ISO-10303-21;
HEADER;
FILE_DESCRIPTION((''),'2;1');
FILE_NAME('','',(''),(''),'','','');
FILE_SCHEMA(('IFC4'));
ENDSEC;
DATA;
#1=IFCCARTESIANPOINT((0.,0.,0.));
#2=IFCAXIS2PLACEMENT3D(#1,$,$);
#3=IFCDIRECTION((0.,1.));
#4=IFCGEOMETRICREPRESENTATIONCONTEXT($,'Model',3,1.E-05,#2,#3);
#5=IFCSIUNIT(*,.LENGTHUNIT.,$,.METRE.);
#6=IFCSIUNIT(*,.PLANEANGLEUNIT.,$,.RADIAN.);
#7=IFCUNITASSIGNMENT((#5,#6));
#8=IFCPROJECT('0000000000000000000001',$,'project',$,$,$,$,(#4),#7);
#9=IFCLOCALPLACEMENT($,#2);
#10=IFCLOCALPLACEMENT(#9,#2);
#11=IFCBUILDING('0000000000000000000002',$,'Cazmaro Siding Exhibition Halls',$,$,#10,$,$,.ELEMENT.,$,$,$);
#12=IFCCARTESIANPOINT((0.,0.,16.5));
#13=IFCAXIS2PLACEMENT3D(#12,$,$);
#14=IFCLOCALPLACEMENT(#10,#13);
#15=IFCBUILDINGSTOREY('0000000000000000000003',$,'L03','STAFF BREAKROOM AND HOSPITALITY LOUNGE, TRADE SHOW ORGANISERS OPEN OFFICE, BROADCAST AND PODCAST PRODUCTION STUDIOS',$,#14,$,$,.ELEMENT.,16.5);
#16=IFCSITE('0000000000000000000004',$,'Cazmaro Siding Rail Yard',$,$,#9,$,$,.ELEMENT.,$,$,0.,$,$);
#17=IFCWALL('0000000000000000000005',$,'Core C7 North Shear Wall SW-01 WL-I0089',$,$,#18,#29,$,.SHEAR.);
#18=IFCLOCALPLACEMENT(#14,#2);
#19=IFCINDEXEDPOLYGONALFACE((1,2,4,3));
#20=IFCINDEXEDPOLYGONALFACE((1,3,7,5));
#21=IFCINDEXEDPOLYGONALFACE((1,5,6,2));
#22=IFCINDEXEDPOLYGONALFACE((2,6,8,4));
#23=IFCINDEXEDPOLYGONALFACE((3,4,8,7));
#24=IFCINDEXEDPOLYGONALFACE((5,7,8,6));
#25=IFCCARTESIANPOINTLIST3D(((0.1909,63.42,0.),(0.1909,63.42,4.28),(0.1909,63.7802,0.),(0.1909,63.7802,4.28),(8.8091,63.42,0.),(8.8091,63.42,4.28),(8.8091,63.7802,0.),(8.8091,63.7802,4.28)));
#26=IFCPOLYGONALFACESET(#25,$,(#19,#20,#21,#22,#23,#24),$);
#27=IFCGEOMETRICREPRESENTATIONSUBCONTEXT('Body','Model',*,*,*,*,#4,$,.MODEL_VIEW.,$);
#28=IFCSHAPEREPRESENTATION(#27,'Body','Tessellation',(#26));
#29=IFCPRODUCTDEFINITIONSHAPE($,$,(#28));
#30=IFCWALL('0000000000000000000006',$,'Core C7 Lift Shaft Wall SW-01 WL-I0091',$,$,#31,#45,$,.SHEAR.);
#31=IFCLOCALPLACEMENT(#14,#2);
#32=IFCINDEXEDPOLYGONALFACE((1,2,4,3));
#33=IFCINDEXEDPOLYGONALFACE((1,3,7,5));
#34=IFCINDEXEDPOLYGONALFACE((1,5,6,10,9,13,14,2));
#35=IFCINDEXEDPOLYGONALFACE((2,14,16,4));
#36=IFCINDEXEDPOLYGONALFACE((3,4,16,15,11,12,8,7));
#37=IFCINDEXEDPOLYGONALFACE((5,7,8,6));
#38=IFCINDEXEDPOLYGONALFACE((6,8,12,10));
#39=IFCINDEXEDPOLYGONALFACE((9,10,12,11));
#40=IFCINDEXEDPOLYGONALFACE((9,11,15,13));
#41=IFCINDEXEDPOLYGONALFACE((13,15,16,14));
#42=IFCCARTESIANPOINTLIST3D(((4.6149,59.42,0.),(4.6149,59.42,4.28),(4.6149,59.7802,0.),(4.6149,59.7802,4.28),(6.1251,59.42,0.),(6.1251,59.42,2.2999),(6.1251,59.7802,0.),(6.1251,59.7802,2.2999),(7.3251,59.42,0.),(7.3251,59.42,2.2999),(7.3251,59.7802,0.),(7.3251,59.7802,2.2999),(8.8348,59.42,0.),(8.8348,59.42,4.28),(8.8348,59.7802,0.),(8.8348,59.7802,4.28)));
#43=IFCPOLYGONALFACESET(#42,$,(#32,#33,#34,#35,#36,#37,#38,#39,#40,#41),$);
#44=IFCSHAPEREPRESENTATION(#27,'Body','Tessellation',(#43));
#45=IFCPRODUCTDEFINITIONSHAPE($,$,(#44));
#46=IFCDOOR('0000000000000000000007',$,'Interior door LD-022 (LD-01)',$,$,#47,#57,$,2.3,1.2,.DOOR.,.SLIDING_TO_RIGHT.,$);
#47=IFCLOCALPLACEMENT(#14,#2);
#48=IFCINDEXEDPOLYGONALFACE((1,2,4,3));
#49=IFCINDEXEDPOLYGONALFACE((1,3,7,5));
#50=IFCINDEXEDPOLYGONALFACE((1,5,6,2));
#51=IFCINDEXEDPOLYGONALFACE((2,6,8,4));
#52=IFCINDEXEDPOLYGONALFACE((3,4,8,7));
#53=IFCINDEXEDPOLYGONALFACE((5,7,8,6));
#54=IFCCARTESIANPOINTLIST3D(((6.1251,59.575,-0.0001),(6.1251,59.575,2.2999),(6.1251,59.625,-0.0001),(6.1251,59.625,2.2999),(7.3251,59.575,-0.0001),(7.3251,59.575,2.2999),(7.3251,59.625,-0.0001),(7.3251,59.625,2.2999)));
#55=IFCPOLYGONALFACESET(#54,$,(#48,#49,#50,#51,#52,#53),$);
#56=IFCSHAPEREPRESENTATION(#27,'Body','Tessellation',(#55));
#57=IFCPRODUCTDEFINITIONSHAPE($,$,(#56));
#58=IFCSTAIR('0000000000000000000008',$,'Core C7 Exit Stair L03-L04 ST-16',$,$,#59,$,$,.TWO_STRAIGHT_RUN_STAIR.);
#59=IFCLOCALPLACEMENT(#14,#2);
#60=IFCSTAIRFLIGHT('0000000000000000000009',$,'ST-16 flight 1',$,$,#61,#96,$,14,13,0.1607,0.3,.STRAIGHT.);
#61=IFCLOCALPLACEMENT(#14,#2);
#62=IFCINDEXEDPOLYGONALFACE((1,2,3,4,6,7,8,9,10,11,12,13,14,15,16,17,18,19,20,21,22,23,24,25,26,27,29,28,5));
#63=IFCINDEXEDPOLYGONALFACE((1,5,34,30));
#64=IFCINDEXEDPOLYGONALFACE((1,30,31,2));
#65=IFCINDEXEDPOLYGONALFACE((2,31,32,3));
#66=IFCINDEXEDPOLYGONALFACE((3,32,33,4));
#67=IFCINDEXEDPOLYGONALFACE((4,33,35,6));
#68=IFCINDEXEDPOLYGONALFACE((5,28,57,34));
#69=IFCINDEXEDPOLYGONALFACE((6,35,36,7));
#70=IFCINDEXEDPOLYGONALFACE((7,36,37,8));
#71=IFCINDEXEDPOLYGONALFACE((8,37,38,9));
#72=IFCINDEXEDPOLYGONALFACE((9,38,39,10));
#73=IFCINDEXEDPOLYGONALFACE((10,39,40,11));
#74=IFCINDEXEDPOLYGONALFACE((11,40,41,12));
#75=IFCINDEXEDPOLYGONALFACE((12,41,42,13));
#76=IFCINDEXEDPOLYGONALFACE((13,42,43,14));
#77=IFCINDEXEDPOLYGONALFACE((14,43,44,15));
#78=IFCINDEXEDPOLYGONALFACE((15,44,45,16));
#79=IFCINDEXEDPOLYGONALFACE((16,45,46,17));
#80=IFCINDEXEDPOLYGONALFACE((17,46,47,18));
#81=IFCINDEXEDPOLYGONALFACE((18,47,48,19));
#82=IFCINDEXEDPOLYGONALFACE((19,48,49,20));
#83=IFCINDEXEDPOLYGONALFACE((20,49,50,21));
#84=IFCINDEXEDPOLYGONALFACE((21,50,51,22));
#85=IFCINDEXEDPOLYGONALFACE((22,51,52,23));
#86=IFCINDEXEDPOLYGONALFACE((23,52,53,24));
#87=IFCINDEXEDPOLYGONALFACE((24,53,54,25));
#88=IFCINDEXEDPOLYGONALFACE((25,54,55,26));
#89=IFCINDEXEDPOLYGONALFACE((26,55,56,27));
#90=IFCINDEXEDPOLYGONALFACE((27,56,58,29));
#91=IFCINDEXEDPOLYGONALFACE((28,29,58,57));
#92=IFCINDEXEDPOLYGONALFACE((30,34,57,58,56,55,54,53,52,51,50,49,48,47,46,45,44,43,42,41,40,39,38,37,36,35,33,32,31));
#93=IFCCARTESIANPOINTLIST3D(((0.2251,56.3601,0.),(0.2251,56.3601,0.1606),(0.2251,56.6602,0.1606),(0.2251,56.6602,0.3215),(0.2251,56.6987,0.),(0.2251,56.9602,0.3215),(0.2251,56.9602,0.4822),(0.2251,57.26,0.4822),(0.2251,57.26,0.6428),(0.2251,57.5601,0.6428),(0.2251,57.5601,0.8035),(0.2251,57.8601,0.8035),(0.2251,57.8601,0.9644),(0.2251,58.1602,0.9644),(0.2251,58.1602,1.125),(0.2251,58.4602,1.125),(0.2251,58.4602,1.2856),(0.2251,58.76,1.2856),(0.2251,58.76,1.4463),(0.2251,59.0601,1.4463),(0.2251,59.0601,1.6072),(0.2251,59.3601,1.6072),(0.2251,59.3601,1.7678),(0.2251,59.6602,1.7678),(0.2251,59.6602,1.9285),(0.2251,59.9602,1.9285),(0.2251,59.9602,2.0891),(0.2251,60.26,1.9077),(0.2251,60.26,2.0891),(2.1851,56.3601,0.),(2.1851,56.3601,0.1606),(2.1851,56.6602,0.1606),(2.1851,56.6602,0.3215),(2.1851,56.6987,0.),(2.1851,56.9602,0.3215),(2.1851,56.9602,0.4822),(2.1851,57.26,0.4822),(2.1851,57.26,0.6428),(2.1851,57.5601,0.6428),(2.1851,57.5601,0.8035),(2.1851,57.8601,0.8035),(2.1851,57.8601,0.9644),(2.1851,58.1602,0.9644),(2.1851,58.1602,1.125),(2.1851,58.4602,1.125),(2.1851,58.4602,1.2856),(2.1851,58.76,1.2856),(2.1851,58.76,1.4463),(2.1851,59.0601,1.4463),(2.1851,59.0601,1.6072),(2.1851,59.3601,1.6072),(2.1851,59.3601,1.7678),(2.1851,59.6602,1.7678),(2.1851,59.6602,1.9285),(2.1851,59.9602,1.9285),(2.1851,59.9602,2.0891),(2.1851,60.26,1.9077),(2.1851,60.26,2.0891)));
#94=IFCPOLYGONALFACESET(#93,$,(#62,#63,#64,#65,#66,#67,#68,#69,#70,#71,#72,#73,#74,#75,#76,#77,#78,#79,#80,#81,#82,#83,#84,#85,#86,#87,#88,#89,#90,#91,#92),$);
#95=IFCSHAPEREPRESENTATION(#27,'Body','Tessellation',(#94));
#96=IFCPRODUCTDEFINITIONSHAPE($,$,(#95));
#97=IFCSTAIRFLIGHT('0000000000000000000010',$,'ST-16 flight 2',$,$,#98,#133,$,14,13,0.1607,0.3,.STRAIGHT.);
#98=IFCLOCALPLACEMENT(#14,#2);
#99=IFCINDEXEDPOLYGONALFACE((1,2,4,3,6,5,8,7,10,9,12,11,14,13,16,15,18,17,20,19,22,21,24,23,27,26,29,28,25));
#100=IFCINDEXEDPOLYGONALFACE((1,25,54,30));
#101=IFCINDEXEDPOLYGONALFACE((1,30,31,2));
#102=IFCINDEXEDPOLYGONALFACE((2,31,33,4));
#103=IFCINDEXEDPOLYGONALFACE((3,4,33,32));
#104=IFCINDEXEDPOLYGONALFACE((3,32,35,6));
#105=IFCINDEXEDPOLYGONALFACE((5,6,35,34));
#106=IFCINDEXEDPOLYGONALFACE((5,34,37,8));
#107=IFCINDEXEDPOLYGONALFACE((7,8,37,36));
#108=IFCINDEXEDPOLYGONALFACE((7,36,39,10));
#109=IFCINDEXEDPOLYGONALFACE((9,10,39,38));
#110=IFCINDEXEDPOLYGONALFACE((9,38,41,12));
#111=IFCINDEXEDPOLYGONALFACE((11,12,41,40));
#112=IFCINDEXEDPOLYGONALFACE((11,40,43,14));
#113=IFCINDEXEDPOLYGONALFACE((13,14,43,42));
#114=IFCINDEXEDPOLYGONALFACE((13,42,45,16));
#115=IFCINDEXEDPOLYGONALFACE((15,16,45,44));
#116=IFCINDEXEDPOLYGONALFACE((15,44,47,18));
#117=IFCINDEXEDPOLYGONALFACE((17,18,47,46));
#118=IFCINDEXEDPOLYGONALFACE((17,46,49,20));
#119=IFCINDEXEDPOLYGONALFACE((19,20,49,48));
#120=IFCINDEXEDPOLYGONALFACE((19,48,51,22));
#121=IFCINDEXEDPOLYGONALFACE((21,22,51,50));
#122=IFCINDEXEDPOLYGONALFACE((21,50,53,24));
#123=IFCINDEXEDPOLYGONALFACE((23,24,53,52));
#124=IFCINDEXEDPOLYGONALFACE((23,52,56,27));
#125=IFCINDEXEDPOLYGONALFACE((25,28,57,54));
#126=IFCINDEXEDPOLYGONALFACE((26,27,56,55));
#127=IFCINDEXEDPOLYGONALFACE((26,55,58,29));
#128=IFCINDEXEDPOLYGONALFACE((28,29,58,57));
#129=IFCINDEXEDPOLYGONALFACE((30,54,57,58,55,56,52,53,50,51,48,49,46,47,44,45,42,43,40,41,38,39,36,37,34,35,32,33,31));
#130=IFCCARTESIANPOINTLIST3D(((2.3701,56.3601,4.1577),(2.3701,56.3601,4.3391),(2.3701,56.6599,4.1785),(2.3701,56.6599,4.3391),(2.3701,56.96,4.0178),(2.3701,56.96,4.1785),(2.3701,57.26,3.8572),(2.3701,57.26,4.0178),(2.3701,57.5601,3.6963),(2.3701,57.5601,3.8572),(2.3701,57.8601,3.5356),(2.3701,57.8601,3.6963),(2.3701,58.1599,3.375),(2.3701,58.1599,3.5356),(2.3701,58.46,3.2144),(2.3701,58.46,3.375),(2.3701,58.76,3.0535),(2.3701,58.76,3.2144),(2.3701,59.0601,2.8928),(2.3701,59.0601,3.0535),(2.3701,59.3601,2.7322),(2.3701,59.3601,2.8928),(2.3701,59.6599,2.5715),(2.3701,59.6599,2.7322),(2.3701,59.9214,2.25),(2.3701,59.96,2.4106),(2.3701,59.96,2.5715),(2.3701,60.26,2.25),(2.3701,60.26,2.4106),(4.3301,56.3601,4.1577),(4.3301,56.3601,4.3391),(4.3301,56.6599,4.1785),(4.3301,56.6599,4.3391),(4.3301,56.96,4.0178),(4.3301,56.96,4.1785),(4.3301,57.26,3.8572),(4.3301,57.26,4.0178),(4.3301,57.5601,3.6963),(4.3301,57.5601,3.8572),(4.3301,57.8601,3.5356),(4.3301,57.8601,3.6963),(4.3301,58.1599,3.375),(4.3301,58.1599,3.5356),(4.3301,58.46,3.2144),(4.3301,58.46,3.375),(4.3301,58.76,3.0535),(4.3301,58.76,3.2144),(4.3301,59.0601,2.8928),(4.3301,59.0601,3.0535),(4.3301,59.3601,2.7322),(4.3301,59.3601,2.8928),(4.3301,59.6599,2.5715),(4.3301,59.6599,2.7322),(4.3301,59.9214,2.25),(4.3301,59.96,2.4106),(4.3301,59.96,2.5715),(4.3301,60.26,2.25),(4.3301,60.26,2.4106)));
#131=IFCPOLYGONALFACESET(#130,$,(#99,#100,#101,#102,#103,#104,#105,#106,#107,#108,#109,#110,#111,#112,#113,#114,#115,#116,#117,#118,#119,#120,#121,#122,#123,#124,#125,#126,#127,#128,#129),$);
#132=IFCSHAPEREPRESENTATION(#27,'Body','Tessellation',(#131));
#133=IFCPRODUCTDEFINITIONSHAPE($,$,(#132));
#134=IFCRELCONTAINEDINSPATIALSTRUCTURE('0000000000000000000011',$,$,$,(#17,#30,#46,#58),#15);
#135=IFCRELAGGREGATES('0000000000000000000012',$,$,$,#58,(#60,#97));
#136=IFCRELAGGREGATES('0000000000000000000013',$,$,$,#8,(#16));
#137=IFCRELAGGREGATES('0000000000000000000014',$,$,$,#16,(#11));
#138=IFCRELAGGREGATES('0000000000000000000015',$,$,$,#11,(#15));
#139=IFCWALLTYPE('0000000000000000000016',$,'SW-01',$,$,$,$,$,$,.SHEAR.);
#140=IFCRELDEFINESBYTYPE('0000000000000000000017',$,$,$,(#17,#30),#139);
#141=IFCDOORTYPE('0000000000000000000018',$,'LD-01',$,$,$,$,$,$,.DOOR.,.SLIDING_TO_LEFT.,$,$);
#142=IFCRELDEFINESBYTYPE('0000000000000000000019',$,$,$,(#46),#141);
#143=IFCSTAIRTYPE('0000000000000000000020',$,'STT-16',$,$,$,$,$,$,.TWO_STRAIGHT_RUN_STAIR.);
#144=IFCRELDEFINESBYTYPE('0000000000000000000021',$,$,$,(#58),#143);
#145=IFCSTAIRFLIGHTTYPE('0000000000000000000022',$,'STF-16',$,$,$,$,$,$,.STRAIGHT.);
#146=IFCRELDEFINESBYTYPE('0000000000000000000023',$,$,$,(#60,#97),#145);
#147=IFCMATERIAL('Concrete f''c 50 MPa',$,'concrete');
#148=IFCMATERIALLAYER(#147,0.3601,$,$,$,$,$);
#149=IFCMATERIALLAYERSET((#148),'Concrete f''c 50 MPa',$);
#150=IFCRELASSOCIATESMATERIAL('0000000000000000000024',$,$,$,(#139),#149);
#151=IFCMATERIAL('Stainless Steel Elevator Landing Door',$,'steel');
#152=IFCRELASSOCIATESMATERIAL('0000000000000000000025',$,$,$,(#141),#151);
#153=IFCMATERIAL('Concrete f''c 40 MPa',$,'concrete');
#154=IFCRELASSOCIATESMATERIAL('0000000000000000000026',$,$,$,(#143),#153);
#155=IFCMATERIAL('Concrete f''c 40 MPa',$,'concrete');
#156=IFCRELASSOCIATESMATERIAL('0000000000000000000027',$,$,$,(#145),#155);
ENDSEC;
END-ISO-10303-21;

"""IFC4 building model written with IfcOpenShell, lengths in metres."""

from ifc_helpers import new_model, si_unit, direction, frame, frame_2d, origin, place, context, subcontext, project, spatial, polyline, rectangle, outline, extrude, material, layer, layer_set, type_object, element, fill, aggregate, save


model = new_model("IFC4")

# Units and contexts
model_context = context("Model", 3, precision=1e-05, world=origin(), true_north=direction((0.0, 1.0)))
body_context = subcontext(model_context, "Body", "Model", "MODEL_VIEW")
ifc_project = project(units=[si_unit("LENGTHUNIT", "METRE"), si_unit("PLANEANGLEUNIT", "RADIAN")], contexts=[model_context])

# Site, building, storey
site_placement = place(None, origin())
site = spatial("IfcSite", under=ifc_project, at=site_placement, Name="Cazmaro Siding Rail Yard", CompositionType="ELEMENT", RefElevation=0.0)
building_placement = place(site_placement, origin())
building = spatial("IfcBuilding", under=site, at=building_placement, Name="Cazmaro Siding Exhibition Halls", CompositionType="ELEMENT")
storey_placement = place(building_placement, frame((0.0, 0.0, 16.5)))
storey = spatial("IfcBuildingStorey", under=building, at=storey_placement, Name="L03", Description="STAFF BREAKROOM AND HOSPITALITY LOUNGE, TRADE SHOW ORGANISERS OPEN OFFICE, BROADCAST AND PODCAST PRODUCTION STUDIOS", CompositionType="ELEMENT", Elevation=16.5)

# Wall
ifc_material_1 = material(Name="Concrete f'c 50 MPa", Category="concrete")
ifc_layer_1 = layer(ifc_material_1, 0.3601)
ifc_layer_set_1 = layer_set([ifc_layer_1], Name="Concrete f'c 50 MPa")
wall_type_1 = type_object("IfcWallType", Name="SW-01", PredefinedType="SHEAR", material=ifc_layer_set_1)
wall_1_placement = place(storey_placement, frame((0.1909, 63.6001, 0.0), z_axis=(0.0, 0.0, 1.0), x_axis=(1.0, 0.0, 0.0)))
element("IfcWall", 1, at=wall_1_placement, inside=storey, type_object=wall_type_1, Name="Core C7 North Shear Wall SW-01 WL-I0089", PredefinedType="SHEAR", context=body_context, shape_type="SweptSolid", body=[
    extrude(rectangle(XDim=8.6182, YDim=0.3601, at=frame_2d((4.3091, 0.0))), origin(), (0.0, 0.0, 1.0), 4.28),
])

# Wall, opening, door
wall_2_placement = place(storey_placement, frame((4.615, 59.6001, 0.0), z_axis=(0.0, 0.0, 1.0), x_axis=(1.0, 0.0, 0.0)))
wall_2 = element("IfcWall", 2, at=wall_2_placement, inside=storey, type_object=wall_type_1, Name="Core C7 Lift Shaft Wall SW-01 WL-I0091", PredefinedType="SHEAR", context=body_context, shape_type="SweptSolid", body=[
    extrude(rectangle(XDim=4.22, YDim=0.3601, at=frame_2d((2.1099, 0.0))), origin(), (0.0, 0.0, 1.0), 4.28),
])
opening_1_placement = place(wall_2_placement, frame((1.51, 0.0, 0.0)))
opening_1 = element("IfcOpeningElement", 3, at=opening_1_placement, cuts=wall_2, PredefinedType="OPENING", context=body_context, shape_type="SweptSolid", body=[
    extrude(rectangle(XDim=1.2, YDim=2.3, at=frame_2d((0.6001, 1.1499))), frame((0.0, 0.1899, 0.0), z_axis=(0.0, -1.0, 0.0), x_axis=(1.0, 0.0, 0.0)), (0.0, 0.0, 1.0), 0.3801),
])
ifc_material_2 = material(Name="Stainless Steel Elevator Landing Door", Category="steel")
door_type_1 = type_object("IfcDoorType", Name="LD-01", OperationType="SLIDING_TO_LEFT", PredefinedType="DOOR", material=ifc_material_2)
door_1_placement = place(opening_1_placement, origin())
door_1 = element("IfcDoor", 4, at=door_1_placement, inside=storey, type_object=door_type_1, Name="Interior door LD-022 (LD-01)", OperationType="SLIDING_TO_RIGHT", OverallHeight=2.3, OverallWidth=1.2, PredefinedType="DOOR", context=body_context, shape_type="SweptSolid", body=[
    extrude(rectangle(XDim=1.2, YDim=2.3, at=frame_2d((0.6001, 1.1499))), frame((0.0, 0.0249, 0.0), z_axis=(0.0, -1.0, 0.0), x_axis=(1.0, 0.0, 0.0)), (0.0, 0.0, 1.0), 0.05),
])
fill(opening_1, door_1)

# Stair, stair flights
ifc_material_3 = material(Name="Concrete f'c 40 MPa", Category="concrete")
stair_type = type_object("IfcStairType", Name="STT-16", PredefinedType="TWO_STRAIGHT_RUN_STAIR", material=ifc_material_3)
stair_placement = place(storey_placement, origin())
stair = element("IfcStair", 5, at=stair_placement, inside=storey, type_object=stair_type, Name="Core C7 Exit Stair L03-L04 ST-16", PredefinedType="TWO_STRAIGHT_RUN_STAIR")
ifc_material_4 = material(Name="Concrete f'c 40 MPa", Category="concrete")
stair_flight_type = type_object("IfcStairFlightType", Name="STF-16", PredefinedType="STRAIGHT", material=ifc_material_4)
stair_flight_1_placement = place(storey_placement, frame((1.2051, 56.3601, 0.0), z_axis=(0.0, 0.0, 1.0), x_axis=(0.0, 1.0, 0.0)))
stair_flight_1 = element("IfcStairFlight", 6, at=stair_flight_1_placement, type_object=stair_flight_type, Name="ST-16 flight 1", NumberOfRisers=14, NumberOfTreads=13, PredefinedType="STRAIGHT", RiserHeight=0.1607, TreadLength=0.3, context=body_context, shape_type="SweptSolid", body=[
    extrude(outline(polyline([(0.0, 0.0), (0.0, 0.1606), (0.3, 0.1606), (0.3, 0.3215), (0.6001, 0.3215), (0.6001, 0.4822), (0.8999, 0.4822), (0.8999, 0.6428), (1.2, 0.6428), (1.2, 0.8035), (1.5, 0.8035), (1.5, 0.9644), (1.8, 0.9644), (1.8, 1.125), (2.1001, 1.125), (2.1001, 1.2856), (2.3999, 1.2856), (2.3999, 1.4463), (2.7, 1.4463), (2.7, 1.6072), (3.0, 1.6072), (3.0, 1.7678), (3.3, 1.7678), (3.3, 1.9285), (3.6001, 1.9285), (3.6001, 2.0891), (3.8999, 2.0891), (3.8999, 2.25), (3.8999, 1.9077), (0.3386, 0.0), (0.0, 0.0)])), frame((0.0, 0.98, 0.0), z_axis=(0.0, -1.0, 0.0), x_axis=(1.0, 0.0, 0.0)), (0.0, 0.0, 1.0), 1.96),
])
stair_flight_2_placement = place(storey_placement, frame((3.3501, 60.26, 2.25), z_axis=(0.0, 0.0, 1.0), x_axis=(0.0, -1.0, 0.0)))
stair_flight_2 = element("IfcStairFlight", 7, at=stair_flight_2_placement, type_object=stair_flight_type, Name="ST-16 flight 2", NumberOfRisers=14, NumberOfTreads=13, PredefinedType="STRAIGHT", RiserHeight=0.1607, TreadLength=0.3, context=body_context, shape_type="SweptSolid", body=[
    extrude(outline(polyline([(0.0, 0.0), (0.0, 0.1606), (0.3, 0.1606), (0.3, 0.3215), (0.6001, 0.3215), (0.6001, 0.4822), (0.8999, 0.4822), (0.8999, 0.6428), (1.2, 0.6428), (1.2, 0.8035), (1.5, 0.8035), (1.5, 0.9644), (1.8, 0.9644), (1.8, 1.125), (2.1001, 1.125), (2.1001, 1.2856), (2.3999, 1.2856), (2.3999, 1.4463), (2.7, 1.4463), (2.7, 1.6072), (3.0, 1.6072), (3.0, 1.7678), (3.3, 1.7678), (3.3, 1.9285), (3.6001, 1.9285), (3.6001, 2.0891), (3.8999, 2.0891), (3.8999, 2.25), (3.8999, 1.9077), (0.3386, 0.0), (0.0, 0.0)])), frame((0.0, 0.98, 0.0), z_axis=(0.0, -1.0, 0.0), x_axis=(1.0, 0.0, 0.0)), (0.0, 0.0, 1.0), 1.96),
])
aggregate(stair, [stair_flight_1, stair_flight_2])

save(model, "model.ifc")
